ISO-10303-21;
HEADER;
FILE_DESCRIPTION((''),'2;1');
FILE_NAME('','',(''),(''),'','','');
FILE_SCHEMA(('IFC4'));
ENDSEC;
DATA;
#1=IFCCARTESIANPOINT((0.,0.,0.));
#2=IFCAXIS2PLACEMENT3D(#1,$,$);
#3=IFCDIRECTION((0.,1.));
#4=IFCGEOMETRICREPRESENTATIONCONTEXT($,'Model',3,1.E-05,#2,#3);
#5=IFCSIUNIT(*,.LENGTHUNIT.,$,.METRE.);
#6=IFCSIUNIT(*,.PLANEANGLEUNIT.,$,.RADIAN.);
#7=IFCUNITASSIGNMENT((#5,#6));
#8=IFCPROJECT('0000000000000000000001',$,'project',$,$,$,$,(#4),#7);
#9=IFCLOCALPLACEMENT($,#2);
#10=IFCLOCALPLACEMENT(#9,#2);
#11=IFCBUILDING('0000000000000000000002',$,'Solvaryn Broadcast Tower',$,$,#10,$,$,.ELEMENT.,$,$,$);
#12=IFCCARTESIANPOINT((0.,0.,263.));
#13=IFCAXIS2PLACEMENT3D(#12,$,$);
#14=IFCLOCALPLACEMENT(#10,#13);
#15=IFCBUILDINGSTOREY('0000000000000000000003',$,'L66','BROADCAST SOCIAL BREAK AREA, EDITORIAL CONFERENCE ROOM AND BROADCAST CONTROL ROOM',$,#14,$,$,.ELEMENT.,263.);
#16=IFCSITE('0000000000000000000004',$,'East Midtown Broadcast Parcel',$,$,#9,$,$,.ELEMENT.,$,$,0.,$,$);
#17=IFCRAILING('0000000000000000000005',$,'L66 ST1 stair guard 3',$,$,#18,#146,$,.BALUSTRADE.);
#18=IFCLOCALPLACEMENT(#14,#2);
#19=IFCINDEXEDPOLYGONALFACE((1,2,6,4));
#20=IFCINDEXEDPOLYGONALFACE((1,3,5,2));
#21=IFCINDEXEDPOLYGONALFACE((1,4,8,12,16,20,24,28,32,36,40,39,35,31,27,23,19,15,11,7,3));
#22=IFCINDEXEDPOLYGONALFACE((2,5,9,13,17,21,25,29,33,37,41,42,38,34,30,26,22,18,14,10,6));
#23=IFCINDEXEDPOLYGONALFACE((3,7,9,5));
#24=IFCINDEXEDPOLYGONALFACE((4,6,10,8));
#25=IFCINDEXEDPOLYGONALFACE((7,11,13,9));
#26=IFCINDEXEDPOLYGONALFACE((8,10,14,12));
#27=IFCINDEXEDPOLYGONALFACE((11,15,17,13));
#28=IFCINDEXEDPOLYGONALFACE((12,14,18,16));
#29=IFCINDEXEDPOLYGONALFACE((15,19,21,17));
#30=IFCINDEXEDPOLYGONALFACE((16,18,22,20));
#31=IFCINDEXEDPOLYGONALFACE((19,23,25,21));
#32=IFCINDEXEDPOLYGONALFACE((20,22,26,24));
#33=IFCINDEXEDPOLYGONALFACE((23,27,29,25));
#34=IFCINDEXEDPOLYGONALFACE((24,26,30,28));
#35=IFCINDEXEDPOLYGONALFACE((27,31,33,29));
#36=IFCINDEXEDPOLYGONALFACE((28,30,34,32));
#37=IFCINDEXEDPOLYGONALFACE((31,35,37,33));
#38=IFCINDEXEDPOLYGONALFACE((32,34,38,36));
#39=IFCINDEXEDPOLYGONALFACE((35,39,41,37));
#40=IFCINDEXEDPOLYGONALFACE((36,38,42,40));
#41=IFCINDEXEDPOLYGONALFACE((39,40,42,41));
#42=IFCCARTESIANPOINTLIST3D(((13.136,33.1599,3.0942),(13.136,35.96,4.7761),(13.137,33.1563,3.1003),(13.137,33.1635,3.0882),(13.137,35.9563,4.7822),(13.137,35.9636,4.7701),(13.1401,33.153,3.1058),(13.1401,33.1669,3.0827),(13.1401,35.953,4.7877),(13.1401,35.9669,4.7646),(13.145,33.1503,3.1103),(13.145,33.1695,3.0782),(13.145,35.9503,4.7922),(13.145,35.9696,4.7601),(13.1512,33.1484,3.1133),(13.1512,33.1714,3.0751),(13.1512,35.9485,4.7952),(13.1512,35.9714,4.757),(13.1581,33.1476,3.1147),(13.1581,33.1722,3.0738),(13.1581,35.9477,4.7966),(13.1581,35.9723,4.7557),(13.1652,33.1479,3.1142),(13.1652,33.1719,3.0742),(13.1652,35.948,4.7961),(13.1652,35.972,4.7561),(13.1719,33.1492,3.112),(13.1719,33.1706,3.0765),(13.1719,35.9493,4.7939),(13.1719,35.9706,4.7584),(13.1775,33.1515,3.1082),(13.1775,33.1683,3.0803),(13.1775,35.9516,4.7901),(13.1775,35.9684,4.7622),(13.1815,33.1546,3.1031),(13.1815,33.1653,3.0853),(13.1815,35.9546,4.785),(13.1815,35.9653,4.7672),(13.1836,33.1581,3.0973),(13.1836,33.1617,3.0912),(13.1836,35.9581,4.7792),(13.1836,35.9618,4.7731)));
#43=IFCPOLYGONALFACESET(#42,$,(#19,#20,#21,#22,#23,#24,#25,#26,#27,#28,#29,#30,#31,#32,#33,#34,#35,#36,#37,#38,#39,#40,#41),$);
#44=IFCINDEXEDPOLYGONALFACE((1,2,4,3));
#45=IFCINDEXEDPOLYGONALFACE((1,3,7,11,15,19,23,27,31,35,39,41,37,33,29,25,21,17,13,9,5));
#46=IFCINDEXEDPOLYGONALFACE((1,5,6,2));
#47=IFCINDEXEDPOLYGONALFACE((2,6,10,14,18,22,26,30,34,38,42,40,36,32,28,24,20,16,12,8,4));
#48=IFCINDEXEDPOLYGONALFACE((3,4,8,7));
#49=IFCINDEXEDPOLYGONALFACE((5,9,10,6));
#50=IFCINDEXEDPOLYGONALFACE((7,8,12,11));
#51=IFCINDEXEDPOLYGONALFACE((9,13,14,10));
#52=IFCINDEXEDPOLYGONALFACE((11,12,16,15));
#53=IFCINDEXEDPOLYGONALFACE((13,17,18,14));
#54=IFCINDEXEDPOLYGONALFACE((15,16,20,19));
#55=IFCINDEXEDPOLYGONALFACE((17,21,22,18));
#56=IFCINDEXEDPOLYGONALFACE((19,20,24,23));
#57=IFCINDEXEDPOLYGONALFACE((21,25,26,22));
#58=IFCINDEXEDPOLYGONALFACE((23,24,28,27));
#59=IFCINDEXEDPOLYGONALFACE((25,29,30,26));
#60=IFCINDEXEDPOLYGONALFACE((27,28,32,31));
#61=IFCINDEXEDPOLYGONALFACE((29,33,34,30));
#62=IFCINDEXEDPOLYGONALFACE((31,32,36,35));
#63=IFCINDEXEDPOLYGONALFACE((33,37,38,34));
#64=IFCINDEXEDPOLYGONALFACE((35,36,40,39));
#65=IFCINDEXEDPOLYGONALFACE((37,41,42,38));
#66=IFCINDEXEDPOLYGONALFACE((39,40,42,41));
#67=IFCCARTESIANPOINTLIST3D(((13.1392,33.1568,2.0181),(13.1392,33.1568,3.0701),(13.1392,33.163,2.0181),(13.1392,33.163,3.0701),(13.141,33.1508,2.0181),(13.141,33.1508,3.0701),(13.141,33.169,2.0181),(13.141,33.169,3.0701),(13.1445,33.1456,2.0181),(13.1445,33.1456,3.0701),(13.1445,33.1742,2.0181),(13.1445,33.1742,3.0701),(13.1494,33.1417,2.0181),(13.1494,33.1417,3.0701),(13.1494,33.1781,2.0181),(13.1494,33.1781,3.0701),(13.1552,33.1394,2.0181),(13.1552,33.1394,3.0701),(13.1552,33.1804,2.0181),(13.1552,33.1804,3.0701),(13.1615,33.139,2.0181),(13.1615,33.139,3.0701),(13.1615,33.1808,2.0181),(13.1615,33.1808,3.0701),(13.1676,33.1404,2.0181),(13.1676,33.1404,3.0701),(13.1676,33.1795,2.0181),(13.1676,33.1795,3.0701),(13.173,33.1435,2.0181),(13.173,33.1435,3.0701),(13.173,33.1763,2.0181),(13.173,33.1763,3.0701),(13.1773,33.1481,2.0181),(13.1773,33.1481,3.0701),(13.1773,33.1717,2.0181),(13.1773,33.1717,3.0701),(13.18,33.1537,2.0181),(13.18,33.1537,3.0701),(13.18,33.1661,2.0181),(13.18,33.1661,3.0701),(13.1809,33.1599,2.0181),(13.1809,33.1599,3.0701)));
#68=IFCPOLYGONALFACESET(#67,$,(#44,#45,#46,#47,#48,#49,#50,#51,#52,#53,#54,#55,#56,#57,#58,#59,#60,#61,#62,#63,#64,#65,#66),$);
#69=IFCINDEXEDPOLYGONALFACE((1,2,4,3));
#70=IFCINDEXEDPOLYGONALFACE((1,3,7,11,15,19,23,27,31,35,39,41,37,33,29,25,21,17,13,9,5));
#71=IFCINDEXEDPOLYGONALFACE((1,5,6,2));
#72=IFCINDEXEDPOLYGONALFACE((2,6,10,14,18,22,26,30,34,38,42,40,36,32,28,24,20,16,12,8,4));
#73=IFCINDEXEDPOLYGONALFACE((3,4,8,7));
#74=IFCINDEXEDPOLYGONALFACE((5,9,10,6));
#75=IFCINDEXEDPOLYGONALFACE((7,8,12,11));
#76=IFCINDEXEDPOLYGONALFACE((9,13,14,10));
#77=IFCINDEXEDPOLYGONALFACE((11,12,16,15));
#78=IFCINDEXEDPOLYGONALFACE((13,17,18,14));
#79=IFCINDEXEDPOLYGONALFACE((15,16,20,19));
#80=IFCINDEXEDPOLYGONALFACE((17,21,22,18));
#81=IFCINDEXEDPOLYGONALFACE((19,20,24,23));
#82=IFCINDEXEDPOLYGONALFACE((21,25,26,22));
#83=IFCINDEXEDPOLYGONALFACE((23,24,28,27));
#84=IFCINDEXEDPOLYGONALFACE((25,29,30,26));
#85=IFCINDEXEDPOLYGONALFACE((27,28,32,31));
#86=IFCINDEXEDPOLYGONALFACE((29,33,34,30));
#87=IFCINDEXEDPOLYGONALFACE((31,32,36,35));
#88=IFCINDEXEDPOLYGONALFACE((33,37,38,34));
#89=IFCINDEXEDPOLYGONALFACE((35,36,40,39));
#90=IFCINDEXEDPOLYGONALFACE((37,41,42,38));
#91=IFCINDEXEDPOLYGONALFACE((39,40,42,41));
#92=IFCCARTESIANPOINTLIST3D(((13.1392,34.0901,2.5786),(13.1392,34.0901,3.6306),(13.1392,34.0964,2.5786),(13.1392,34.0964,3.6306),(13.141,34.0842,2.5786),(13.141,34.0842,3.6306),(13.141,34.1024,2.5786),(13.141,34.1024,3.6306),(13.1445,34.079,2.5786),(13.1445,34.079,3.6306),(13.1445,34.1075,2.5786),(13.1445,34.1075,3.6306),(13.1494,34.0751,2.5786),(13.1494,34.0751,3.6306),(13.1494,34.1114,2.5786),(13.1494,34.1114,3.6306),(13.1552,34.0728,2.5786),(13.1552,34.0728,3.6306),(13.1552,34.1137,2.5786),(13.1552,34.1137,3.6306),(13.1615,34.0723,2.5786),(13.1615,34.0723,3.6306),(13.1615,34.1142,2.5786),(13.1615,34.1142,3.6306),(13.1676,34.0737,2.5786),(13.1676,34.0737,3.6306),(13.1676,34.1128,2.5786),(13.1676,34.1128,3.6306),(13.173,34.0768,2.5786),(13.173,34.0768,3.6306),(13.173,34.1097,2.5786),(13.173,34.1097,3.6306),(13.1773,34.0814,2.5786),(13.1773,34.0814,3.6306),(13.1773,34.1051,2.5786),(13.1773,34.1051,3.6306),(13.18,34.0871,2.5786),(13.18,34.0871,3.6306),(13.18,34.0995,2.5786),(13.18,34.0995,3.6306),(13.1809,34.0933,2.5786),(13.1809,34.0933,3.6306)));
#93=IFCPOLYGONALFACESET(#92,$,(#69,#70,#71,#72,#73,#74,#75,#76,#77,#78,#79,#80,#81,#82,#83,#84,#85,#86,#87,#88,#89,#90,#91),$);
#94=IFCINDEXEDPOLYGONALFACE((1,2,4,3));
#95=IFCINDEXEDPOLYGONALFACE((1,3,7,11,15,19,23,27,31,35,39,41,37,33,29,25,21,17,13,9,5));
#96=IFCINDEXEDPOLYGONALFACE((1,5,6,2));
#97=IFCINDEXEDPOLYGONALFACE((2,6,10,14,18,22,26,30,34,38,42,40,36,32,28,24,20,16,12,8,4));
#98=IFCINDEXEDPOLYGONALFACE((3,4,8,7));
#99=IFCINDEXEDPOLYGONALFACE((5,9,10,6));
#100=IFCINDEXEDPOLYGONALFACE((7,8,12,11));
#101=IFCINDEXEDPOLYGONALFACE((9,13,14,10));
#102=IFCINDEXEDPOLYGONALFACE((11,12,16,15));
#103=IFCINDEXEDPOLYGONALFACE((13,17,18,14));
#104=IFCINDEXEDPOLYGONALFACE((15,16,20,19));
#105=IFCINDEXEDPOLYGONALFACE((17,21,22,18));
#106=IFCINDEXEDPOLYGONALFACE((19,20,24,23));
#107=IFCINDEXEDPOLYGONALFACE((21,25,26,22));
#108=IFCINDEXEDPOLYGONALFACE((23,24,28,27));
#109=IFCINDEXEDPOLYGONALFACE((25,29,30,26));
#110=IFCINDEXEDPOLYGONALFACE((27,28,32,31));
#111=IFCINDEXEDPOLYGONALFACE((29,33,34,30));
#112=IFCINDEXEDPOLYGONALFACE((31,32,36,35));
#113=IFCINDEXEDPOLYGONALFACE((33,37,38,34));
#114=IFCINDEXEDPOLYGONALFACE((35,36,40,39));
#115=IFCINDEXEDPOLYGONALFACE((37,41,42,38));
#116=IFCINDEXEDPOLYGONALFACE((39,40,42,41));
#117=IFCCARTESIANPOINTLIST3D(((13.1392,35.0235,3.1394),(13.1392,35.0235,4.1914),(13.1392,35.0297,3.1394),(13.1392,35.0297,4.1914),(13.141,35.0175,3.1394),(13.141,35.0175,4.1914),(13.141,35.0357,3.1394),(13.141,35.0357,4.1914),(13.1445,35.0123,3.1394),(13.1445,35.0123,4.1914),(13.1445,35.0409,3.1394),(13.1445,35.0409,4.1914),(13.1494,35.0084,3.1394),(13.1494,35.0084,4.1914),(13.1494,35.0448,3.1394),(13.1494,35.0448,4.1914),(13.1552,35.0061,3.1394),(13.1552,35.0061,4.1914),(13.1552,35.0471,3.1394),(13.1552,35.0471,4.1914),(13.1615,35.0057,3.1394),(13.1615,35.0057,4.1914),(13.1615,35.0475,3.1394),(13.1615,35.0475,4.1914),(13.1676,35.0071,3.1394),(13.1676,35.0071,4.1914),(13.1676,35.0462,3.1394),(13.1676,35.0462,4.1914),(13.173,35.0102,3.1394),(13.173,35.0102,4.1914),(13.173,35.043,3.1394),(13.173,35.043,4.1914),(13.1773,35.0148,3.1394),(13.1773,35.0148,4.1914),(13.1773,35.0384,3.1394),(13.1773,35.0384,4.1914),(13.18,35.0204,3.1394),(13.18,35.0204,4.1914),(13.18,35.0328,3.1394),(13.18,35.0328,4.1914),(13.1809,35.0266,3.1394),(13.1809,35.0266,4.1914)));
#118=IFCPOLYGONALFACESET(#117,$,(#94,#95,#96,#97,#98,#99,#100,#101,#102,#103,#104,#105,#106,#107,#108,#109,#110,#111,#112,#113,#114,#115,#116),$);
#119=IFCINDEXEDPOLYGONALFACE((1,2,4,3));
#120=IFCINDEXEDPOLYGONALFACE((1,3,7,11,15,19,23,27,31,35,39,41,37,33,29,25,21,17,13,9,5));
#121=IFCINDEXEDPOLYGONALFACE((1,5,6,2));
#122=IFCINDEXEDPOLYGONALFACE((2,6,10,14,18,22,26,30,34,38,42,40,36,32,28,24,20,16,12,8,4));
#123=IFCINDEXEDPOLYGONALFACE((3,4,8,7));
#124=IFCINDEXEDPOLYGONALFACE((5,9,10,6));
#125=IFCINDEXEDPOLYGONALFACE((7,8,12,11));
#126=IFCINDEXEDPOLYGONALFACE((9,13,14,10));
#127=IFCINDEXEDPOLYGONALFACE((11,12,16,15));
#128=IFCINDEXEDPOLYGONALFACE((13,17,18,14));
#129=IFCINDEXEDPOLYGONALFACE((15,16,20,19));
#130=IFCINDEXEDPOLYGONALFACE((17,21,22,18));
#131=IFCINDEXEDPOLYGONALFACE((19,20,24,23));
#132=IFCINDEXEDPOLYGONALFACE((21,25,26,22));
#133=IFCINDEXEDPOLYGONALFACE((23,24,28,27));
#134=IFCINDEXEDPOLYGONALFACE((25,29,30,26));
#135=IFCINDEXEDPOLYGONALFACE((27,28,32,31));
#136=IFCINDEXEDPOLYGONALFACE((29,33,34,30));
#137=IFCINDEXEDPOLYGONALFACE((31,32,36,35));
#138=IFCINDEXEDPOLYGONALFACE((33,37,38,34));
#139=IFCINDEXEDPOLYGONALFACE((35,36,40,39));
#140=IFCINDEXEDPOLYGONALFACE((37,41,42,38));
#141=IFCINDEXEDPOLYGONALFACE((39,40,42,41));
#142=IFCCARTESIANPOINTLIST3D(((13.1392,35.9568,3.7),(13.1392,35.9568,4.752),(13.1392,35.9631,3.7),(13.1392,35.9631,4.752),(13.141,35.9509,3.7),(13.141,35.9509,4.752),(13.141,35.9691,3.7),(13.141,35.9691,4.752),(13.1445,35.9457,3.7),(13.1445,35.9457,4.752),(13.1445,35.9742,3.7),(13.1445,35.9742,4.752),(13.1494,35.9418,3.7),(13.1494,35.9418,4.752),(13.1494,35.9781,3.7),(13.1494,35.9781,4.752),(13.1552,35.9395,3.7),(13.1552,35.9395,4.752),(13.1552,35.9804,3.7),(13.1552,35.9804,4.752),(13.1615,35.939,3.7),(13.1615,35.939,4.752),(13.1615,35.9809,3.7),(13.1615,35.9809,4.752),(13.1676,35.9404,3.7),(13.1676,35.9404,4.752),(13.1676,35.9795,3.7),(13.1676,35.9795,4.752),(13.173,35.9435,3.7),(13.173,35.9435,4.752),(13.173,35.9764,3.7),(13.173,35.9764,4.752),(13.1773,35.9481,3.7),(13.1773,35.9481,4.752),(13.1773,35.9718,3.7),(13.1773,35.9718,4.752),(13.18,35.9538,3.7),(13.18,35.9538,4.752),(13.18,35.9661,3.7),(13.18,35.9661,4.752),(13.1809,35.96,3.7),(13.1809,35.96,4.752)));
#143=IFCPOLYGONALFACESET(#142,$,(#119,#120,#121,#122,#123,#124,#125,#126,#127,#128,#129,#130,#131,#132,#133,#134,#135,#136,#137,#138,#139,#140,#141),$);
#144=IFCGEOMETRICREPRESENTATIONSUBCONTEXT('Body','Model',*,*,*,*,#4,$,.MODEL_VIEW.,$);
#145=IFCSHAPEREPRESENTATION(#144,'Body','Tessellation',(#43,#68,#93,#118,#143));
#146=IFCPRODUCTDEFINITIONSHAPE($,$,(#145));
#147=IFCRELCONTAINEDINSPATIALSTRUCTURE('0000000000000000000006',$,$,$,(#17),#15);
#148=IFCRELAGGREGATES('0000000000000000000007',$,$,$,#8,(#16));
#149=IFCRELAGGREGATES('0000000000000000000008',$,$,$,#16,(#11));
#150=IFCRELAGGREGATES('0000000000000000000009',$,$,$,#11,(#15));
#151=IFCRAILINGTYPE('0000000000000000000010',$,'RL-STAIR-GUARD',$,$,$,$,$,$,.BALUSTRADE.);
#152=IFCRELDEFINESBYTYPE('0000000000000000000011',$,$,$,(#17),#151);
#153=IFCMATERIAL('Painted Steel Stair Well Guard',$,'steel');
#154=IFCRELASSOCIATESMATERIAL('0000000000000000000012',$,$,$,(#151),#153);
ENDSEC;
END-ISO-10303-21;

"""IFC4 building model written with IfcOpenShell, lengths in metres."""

from ifc_helpers import new_model, si_unit, direction, frame, origin, origin_2d, place, context, subcontext, project, spatial, circle, extrude, material, type_object, element, save


model = new_model("IFC4")

# Units and contexts
model_context = context("Model", 3, precision=1e-05, world=origin(), true_north=direction((0.0, 1.0)))
body_context = subcontext(model_context, "Body", "Model", "MODEL_VIEW")
ifc_project = project(units=[si_unit("LENGTHUNIT", "METRE"), si_unit("PLANEANGLEUNIT", "RADIAN")], contexts=[model_context])

# Site, building, storey
site_placement = place(None, origin())
site = spatial("IfcSite", under=ifc_project, at=site_placement, Name="East Midtown Broadcast Parcel", CompositionType="ELEMENT", RefElevation=0.0)
building_placement = place(site_placement, origin())
building = spatial("IfcBuilding", under=site, at=building_placement, Name="Solvaryn Broadcast Tower", CompositionType="ELEMENT")
storey_placement = place(building_placement, frame((0.0, 0.0, 263.0)))
storey = spatial("IfcBuildingStorey", under=building, at=storey_placement, Name="L66", Description="BROADCAST SOCIAL BREAK AREA, EDITORIAL CONFERENCE ROOM AND BROADCAST CONTROL ROOM", CompositionType="ELEMENT", Elevation=263.0)

# Railing
ifc_material_1 = material(Name="Painted Steel Stair Well Guard", Category="steel")
railing_type_1 = type_object("IfcRailingType", Name="RL-STAIR-GUARD", PredefinedType="BALUSTRADE", material=ifc_material_1)
railing_1_placement = place(storey_placement, frame((13.1599, 33.1599, 2.0181)))
element("IfcRailing", 1, at=railing_1_placement, inside=storey, type_object=railing_type_1, Name="L66 ST1 stair guard 3", PredefinedType="BALUSTRADE", context=body_context, shape_type="SweptSolid", body=[
    extrude(circle(Radius=0.0239, at=origin_2d()), frame((0.0, 0.0, 1.0762), z_axis=(0.0, 0.857242, 0.514913), x_axis=(-1.0, 0.0, 0.0)), (0.0, 0.0, 1.0), 3.2664),
    extrude(circle(Radius=0.021, at=origin_2d()), origin(), (0.0, 0.0, 1.0), 1.052),
    extrude(circle(Radius=0.021, at=origin_2d()), frame((0.0, 0.9333, 0.5605)), (0.0, 0.0, 1.0), 1.052),
    extrude(circle(Radius=0.021, at=origin_2d()), frame((0.0, 1.8667, 1.1213)), (0.0, 0.0, 1.0), 1.052),
    extrude(circle(Radius=0.021, at=origin_2d()), frame((0.0, 2.8, 1.6819)), (0.0, 0.0, 1.0), 1.052),
])

save(model, "model.ifc")
